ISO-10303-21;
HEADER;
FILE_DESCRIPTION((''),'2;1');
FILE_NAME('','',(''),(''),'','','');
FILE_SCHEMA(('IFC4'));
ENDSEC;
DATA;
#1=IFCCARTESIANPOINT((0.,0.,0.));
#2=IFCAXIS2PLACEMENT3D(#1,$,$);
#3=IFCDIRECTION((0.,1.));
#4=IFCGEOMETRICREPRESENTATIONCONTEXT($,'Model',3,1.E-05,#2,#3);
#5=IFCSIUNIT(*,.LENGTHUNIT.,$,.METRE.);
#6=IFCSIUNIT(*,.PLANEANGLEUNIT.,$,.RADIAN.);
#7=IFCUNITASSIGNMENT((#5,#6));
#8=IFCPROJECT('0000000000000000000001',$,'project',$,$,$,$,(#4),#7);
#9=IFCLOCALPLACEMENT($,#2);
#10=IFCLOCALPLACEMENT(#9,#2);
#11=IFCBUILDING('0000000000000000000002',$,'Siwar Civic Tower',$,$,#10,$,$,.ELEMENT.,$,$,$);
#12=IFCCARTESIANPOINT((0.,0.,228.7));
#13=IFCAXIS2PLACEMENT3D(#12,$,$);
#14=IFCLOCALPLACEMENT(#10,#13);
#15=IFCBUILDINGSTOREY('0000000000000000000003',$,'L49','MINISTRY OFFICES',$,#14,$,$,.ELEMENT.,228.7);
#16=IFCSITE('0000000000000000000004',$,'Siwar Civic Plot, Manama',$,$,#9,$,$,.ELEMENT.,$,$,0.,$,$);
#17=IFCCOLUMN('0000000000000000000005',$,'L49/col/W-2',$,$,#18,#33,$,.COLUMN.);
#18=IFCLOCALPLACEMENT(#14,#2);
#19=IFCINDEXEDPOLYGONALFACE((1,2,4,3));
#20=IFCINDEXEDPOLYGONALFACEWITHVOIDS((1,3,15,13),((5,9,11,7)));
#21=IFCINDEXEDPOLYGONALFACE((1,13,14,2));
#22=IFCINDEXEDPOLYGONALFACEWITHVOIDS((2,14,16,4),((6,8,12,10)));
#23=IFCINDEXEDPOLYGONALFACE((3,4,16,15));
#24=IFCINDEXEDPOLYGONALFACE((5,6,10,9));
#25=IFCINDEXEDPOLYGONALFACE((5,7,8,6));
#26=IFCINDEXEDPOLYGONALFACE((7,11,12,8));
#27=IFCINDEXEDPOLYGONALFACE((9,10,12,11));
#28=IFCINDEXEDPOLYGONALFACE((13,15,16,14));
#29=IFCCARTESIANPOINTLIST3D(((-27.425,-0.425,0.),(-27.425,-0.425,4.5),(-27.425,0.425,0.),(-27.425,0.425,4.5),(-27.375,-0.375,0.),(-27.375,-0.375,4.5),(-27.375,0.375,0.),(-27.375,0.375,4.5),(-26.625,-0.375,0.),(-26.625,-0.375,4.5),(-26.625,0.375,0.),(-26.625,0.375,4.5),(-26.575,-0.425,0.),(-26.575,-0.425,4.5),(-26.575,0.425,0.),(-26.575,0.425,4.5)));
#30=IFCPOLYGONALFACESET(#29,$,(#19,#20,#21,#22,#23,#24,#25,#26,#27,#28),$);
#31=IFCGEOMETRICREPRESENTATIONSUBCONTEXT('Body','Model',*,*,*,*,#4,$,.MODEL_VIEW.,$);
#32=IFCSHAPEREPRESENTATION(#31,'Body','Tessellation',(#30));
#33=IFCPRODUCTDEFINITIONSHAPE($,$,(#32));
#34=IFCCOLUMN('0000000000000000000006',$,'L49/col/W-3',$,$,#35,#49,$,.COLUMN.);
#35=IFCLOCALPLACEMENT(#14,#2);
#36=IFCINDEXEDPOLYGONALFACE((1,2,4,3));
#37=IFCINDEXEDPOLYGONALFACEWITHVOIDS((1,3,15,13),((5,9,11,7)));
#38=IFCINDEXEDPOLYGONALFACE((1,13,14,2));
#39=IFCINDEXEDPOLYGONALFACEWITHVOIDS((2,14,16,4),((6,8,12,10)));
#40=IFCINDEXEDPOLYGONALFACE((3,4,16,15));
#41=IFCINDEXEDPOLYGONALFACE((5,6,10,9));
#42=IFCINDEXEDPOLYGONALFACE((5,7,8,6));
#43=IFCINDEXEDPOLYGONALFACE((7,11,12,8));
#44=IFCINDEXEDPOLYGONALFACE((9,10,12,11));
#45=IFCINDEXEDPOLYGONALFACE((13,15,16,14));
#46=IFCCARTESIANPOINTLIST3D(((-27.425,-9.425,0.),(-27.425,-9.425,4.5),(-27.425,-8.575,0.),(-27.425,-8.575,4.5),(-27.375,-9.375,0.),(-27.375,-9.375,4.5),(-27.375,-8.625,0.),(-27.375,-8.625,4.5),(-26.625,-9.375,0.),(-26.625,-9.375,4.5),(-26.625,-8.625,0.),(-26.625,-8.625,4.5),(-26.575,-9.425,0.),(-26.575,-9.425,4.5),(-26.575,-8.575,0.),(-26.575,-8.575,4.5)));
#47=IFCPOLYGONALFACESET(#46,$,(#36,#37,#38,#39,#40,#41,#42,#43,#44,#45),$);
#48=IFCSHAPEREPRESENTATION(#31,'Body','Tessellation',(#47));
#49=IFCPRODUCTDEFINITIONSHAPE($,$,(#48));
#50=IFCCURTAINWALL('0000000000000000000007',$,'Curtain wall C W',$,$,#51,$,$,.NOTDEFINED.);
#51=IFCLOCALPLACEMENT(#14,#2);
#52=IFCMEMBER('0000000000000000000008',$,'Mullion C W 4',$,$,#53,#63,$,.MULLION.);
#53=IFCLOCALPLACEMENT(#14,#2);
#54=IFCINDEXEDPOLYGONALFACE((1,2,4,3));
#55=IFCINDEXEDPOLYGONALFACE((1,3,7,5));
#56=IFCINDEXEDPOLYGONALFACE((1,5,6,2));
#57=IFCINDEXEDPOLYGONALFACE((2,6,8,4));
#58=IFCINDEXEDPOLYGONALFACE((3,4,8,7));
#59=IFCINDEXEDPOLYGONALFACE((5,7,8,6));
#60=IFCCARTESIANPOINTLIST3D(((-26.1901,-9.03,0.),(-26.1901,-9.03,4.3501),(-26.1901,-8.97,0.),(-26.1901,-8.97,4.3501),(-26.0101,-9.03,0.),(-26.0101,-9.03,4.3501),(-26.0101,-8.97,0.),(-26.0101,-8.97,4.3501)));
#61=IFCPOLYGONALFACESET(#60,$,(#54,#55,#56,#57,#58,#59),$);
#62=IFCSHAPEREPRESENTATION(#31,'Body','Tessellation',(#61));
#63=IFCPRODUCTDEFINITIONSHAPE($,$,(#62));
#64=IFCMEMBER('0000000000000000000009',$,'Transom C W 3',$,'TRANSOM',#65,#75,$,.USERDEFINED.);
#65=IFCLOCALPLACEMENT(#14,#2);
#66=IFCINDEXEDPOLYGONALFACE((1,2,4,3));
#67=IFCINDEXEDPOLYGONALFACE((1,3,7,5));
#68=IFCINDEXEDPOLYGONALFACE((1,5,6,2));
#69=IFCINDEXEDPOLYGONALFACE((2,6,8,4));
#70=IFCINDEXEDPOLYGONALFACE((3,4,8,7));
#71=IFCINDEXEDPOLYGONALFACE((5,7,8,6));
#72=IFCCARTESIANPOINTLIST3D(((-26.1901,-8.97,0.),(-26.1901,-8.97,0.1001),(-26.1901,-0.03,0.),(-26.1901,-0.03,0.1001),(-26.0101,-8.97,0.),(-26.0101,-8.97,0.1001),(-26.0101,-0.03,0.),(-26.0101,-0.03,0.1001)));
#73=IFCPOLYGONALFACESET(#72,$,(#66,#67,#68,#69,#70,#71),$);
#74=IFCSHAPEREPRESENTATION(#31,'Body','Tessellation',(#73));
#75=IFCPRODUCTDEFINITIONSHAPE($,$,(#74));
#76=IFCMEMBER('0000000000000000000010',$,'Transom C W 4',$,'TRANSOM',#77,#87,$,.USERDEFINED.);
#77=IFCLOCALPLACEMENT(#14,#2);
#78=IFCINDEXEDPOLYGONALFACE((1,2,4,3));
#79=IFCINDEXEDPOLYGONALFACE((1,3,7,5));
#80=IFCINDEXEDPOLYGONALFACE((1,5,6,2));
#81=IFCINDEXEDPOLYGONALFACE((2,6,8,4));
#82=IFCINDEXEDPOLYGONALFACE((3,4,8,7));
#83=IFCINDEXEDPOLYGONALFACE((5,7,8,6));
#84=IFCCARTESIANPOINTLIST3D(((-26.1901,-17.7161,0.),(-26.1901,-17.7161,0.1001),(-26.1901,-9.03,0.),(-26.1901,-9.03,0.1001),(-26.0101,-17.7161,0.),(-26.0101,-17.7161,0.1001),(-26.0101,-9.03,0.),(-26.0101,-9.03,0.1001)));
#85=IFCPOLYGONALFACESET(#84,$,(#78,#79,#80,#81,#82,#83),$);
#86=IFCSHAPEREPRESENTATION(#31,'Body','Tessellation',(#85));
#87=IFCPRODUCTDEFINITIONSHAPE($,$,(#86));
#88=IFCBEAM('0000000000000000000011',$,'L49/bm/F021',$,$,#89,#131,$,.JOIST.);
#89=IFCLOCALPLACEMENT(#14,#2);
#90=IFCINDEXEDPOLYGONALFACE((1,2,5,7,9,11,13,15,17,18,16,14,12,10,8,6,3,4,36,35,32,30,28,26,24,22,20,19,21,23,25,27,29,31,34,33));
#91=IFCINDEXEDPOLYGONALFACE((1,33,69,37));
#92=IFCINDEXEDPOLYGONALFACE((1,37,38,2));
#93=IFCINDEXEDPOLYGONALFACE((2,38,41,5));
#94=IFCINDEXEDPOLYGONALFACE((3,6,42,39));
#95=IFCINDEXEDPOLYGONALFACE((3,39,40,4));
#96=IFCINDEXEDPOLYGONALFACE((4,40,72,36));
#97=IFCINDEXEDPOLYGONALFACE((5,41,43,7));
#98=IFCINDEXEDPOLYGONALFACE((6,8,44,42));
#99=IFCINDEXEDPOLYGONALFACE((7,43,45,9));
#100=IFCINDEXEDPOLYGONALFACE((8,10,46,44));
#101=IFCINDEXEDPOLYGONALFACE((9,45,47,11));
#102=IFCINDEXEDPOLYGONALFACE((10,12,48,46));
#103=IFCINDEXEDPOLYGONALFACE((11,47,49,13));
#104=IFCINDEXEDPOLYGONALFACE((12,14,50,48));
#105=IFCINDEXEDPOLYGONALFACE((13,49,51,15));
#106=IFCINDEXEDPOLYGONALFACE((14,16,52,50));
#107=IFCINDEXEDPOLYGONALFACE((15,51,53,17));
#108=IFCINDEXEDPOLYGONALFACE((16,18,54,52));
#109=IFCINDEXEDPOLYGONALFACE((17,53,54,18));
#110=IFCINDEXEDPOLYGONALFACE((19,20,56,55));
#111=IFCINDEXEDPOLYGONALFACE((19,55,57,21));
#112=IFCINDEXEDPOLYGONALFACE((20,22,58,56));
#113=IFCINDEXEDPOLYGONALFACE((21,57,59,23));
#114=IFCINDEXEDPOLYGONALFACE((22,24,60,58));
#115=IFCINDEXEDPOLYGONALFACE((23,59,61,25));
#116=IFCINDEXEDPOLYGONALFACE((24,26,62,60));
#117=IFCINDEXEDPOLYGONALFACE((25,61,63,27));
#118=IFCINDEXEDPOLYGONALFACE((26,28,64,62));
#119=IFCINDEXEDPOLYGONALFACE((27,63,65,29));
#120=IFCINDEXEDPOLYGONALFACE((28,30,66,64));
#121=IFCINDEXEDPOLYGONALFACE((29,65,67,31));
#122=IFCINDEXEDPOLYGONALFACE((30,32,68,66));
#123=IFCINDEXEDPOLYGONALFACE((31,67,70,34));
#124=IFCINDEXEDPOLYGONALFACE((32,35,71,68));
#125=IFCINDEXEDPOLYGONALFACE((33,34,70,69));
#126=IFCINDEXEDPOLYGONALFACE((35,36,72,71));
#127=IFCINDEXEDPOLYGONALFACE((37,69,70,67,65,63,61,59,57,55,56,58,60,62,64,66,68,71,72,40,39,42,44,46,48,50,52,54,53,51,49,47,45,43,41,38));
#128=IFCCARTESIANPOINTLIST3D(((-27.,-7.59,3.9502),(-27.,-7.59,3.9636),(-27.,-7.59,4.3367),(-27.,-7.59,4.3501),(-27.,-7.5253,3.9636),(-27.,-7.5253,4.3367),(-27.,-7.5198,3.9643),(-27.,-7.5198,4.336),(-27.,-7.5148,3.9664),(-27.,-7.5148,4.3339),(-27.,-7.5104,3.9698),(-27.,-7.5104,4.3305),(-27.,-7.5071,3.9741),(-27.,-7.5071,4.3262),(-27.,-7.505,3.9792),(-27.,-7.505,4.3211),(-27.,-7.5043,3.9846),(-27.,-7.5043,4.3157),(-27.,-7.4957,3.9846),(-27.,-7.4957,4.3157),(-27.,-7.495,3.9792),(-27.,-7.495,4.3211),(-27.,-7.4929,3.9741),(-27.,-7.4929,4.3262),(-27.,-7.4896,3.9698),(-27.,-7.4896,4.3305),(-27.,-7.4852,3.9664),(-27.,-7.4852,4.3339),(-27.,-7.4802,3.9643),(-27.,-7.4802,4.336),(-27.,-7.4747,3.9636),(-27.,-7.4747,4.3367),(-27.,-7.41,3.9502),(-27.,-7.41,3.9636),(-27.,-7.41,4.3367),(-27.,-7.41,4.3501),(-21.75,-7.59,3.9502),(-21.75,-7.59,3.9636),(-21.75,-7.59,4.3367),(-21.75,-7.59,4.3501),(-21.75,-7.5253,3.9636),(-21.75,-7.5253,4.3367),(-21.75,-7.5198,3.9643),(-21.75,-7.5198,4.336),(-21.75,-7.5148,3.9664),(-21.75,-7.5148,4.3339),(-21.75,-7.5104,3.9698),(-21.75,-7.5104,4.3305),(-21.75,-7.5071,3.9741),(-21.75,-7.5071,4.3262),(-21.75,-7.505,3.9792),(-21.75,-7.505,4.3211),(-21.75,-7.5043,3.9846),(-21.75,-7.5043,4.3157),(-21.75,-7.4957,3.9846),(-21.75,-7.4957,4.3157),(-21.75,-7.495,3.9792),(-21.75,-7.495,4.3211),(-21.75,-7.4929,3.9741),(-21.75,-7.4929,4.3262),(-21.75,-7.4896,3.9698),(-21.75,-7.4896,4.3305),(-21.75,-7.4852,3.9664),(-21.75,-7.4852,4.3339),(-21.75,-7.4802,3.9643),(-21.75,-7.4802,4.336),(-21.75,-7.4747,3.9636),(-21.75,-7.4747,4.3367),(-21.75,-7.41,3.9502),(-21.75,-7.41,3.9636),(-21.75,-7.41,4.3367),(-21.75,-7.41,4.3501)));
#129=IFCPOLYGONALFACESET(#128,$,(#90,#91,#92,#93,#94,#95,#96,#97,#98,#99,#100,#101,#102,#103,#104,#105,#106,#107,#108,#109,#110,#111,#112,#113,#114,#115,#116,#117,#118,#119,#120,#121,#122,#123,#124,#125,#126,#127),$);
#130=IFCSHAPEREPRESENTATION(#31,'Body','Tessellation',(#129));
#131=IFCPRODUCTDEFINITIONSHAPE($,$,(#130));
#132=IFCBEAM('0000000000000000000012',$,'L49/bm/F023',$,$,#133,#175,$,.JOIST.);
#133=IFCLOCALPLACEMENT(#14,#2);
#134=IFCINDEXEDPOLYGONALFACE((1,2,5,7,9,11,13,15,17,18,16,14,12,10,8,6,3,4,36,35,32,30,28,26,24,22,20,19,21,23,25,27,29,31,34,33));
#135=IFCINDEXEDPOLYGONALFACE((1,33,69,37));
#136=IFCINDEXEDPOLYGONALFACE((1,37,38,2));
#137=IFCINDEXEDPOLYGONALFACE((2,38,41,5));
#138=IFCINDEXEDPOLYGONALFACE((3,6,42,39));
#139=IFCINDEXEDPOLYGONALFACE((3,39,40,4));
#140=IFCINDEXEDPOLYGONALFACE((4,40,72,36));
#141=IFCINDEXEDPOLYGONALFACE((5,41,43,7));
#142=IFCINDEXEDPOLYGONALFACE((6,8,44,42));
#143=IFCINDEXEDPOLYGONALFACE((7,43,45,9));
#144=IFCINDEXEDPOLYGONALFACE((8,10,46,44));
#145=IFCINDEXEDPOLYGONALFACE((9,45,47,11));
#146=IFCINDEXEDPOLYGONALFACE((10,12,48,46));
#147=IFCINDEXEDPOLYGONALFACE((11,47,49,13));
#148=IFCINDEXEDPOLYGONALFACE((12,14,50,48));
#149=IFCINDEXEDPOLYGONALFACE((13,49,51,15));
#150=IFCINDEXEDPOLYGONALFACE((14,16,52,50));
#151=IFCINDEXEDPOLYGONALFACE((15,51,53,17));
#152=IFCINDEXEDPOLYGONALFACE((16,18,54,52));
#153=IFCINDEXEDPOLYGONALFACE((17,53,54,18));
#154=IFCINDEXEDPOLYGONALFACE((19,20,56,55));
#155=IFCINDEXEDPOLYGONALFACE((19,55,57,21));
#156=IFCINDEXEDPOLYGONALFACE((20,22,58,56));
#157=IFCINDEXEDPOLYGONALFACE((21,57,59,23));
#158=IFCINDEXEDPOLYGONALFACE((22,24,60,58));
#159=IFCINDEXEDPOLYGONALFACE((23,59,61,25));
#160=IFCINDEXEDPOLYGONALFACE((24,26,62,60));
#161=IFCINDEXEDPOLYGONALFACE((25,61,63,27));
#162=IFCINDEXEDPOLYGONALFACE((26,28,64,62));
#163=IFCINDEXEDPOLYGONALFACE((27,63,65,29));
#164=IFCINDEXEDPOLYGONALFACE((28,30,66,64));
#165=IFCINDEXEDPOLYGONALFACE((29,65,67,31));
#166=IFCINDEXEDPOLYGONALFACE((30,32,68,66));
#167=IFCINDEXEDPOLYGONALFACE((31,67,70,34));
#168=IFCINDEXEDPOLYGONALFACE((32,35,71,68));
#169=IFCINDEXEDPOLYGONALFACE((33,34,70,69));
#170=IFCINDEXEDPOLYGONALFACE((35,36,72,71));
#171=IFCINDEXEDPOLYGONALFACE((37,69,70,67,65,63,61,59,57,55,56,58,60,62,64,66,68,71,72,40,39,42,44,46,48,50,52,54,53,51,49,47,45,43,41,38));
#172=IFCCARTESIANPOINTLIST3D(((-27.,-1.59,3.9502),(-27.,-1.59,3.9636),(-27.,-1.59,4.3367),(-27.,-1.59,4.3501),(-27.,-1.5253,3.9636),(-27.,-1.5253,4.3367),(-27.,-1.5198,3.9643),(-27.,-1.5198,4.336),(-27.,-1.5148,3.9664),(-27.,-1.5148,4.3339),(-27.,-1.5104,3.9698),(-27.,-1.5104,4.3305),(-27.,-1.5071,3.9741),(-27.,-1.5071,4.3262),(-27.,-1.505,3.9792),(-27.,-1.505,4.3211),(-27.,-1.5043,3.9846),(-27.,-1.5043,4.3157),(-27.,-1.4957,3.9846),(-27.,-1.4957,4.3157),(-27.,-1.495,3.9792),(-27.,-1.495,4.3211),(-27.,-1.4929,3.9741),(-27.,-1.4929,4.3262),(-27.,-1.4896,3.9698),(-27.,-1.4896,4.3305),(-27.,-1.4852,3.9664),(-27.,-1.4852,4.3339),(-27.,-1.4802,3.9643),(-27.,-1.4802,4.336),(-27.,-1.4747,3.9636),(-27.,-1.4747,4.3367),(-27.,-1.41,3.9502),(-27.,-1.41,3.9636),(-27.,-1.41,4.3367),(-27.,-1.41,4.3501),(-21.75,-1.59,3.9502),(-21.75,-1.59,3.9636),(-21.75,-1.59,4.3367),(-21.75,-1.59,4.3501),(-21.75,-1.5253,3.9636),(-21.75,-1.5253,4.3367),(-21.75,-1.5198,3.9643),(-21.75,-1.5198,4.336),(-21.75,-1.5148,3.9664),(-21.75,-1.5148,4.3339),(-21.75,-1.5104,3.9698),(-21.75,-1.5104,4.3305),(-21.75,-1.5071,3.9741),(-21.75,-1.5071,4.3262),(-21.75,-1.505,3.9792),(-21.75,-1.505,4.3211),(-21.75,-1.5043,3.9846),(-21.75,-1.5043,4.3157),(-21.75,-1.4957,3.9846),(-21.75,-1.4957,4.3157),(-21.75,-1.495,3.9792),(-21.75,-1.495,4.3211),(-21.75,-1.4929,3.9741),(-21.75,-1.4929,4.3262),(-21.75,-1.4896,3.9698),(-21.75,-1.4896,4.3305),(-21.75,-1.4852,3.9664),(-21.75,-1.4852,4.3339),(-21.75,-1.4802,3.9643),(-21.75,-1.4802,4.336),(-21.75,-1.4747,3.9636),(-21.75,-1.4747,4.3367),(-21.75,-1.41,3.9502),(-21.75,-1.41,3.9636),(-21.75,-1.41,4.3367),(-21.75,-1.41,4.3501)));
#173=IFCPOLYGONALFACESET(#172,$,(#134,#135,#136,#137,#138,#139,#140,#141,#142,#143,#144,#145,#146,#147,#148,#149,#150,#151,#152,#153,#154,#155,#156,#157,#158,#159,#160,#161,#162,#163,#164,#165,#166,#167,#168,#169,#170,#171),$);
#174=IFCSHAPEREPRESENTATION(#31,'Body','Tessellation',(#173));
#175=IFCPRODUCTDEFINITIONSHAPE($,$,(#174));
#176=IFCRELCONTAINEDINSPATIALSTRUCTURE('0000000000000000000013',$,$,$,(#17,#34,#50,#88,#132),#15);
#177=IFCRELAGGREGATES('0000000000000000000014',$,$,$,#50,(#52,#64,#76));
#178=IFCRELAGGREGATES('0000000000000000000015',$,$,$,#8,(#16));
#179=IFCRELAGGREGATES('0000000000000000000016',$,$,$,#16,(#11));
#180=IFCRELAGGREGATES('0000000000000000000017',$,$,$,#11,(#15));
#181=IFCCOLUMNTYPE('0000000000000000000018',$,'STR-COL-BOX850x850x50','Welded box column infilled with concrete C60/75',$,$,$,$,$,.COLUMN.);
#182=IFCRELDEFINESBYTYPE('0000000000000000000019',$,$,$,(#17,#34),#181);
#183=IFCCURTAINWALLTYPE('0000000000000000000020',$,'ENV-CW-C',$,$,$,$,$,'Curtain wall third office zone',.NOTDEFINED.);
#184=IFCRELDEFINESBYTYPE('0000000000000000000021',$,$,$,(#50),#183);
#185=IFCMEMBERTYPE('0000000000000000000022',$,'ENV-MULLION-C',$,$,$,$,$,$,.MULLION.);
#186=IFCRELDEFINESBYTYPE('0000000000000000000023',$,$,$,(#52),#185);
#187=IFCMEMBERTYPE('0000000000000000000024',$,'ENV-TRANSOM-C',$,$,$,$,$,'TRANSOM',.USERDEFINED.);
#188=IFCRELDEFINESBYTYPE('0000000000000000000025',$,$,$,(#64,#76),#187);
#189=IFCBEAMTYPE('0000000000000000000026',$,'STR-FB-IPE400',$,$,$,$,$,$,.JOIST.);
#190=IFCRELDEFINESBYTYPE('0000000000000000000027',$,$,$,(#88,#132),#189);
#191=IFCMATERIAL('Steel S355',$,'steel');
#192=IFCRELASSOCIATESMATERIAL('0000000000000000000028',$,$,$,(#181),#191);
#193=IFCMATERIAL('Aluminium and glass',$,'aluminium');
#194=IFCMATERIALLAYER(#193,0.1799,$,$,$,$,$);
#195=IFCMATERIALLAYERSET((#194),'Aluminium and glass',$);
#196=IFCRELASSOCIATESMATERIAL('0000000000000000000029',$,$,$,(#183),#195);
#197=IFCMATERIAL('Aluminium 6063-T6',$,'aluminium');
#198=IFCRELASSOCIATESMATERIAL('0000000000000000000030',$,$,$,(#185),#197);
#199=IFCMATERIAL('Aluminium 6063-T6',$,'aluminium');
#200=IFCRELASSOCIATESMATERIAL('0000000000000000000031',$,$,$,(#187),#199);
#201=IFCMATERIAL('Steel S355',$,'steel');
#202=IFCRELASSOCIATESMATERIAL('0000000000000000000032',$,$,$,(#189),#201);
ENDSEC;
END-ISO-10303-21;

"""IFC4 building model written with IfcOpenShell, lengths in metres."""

from ifc_helpers import new_model, si_unit, direction, frame, origin, origin_2d, place, context, subcontext, project, spatial, rectangle, hollow_rectangle, i_section, extrude, material, layer, layer_set, material_profile, profile_set, type_object, element, aggregate, save


model = new_model("IFC4")

# Units and contexts
model_context = context("Model", 3, precision=1e-05, world=origin(), true_north=direction((0.0, 1.0)))
body_context = subcontext(model_context, "Body", "Model", "MODEL_VIEW")
ifc_project = project(units=[si_unit("LENGTHUNIT", "METRE"), si_unit("PLANEANGLEUNIT", "RADIAN")], contexts=[model_context])

# Site, building, storey
site_placement = place(None, origin())
site = spatial("IfcSite", under=ifc_project, at=site_placement, Name="Siwar Civic Plot, Manama", CompositionType="ELEMENT", RefElevation=0.0)
building_placement = place(site_placement, origin())
building = spatial("IfcBuilding", under=site, at=building_placement, Name="Siwar Civic Tower", CompositionType="ELEMENT")
storey_placement = place(building_placement, frame((0.0, 0.0, 228.7)))
storey = spatial("IfcBuildingStorey", under=building, at=storey_placement, Name="L49", Description="MINISTRY OFFICES", CompositionType="ELEMENT", Elevation=228.7)

# Columns
ifc_material_1 = material(Name="Steel S355", Category="steel")
ifc_material_profile_1 = material_profile(ifc_material_1, hollow_rectangle(XDim=0.8501, YDim=0.8501, WallThickness=0.05, at=origin_2d()), Name="BOX850x850x50")
ifc_profile_set_1 = profile_set([ifc_material_profile_1], Name="Steel S355")
column_type = type_object("IfcColumnType", Name="STR-COL-BOX850x850x50", Description="Welded box column infilled with concrete C60/75", PredefinedType="COLUMN", material=ifc_profile_set_1)
for number, where, z_axis, x_axis, name in (
    (1, (-27.0, 0.0, 0.0), (0.0, 0.0, 1.0), (1.0, 0.0, 0.0), "L49/col/W-2"),
    (2, (-27.0, -9.0, 0.0), (0.0, 0.0, 1.0), (1.0, 0.0, 0.0), "L49/col/W-3"),
):
    element("IfcColumn", number, at=place(storey_placement, frame(where, z_axis=z_axis, x_axis=x_axis)), inside=storey, type_object=column_type, Name=name, PredefinedType="COLUMN", context=body_context, shape_type="SweptSolid", body=[
        extrude(hollow_rectangle(XDim=0.8501, YDim=0.8501, WallThickness=0.05, at=origin_2d()), origin(), (0.0, 0.0, 1.0), 4.5),
    ])

# Curtain wall, members
ifc_material_2 = material(Name="Aluminium and glass", Category="aluminium")
ifc_layer_1 = layer(ifc_material_2, 0.1799)
ifc_layer_set_1 = layer_set([ifc_layer_1], Name="Aluminium and glass")
curtain_wall_type = type_object("IfcCurtainWallType", Name="ENV-CW-C", ElementType="Curtain wall third office zone", PredefinedType="NOTDEFINED", material=ifc_layer_set_1)
curtain_wall_placement = place(storey_placement, origin())
curtain_wall = element("IfcCurtainWall", 3, at=curtain_wall_placement, inside=storey, type_object=curtain_wall_type, Name="Curtain wall C W", PredefinedType="NOTDEFINED")
ifc_material_3 = material(Name="Aluminium 6063-T6", Category="aluminium")
ifc_material_profile_2 = material_profile(ifc_material_3, rectangle(XDim=0.1799, YDim=0.0601, at=origin_2d()), Name="AL 180x60")
ifc_profile_set_2 = profile_set([ifc_material_profile_2], Name="Aluminium 6063-T6")
member_type_1 = type_object("IfcMemberType", Name="ENV-MULLION-C", PredefinedType="MULLION", material=ifc_profile_set_2)
member_1_placement = place(storey_placement, frame((-26.1001, -9.0, 0.0), z_axis=(0.0, 0.0, 1.0), x_axis=(1.0, 0.0, 0.0)))
member_1 = element("IfcMember", 4, at=member_1_placement, type_object=member_type_1, Name="Mullion C W 4", PredefinedType="MULLION", context=body_context, shape_type="SweptSolid", body=[
    extrude(rectangle(XDim=0.1799, YDim=0.0601, at=origin_2d()), origin(), (0.0, 0.0, 1.0), 4.3501),
])
ifc_material_4 = material(Name="Aluminium 6063-T6", Category="aluminium")
ifc_material_profile_3 = material_profile(ifc_material_4, rectangle(XDim=0.1799, YDim=0.1001, at=origin_2d()), Name="AL 180x100")
ifc_profile_set_3 = profile_set([ifc_material_profile_3], Name="Aluminium 6063-T6")
member_type_2 = type_object("IfcMemberType", Name="ENV-TRANSOM-C", ElementType="TRANSOM", PredefinedType="USERDEFINED", material=ifc_profile_set_3)
member_2_placement = place(storey_placement, frame((-26.1001, -0.03, 0.05), z_axis=(0.0, -1.0, 0.0), x_axis=(1.0, 0.0, 0.0)))
member_2 = element("IfcMember", 5, at=member_2_placement, type_object=member_type_2, Name="Transom C W 3", ObjectType="TRANSOM", PredefinedType="USERDEFINED", context=body_context, shape_type="SweptSolid", body=[
    extrude(rectangle(XDim=0.1799, YDim=0.1001, at=origin_2d()), origin(), (0.0, 0.0, 1.0), 8.9399),
])
member_3_placement = place(storey_placement, frame((-26.1001, -9.03, 0.05), z_axis=(0.0, -1.0, 0.0), x_axis=(1.0, 0.0, 0.0)))
member_3 = element("IfcMember", 6, at=member_3_placement, type_object=member_type_2, Name="Transom C W 4", ObjectType="TRANSOM", PredefinedType="USERDEFINED", context=body_context, shape_type="SweptSolid", body=[
    extrude(rectangle(XDim=0.1799, YDim=0.1001, at=origin_2d()), origin(), (0.0, 0.0, 1.0), 8.686),
])

# Beams
ifc_material_5 = material(Name="Steel S355", Category="steel")
ifc_material_profile_4 = material_profile(ifc_material_5, i_section(OverallWidth=0.1799, OverallDepth=0.3999, WebThickness=0.0085, FlangeThickness=0.0134, FilletRadius=0.021, at=origin_2d()), Name="IPE400")
ifc_profile_set_4 = profile_set([ifc_material_profile_4], Name="Steel S355")
beam_type_1 = type_object("IfcBeamType", Name="STR-FB-IPE400", PredefinedType="JOIST", material=ifc_profile_set_4)
for number, where, z_axis, x_axis, name in (
    (7, (-27.0, -7.5, 4.1501), (1.0, 0.0, 0.0), (0.0, 1.0, 0.0), "L49/bm/F021"),
    (8, (-27.0, -1.5, 4.1501), (1.0, 0.0, 0.0), (0.0, 1.0, 0.0), "L49/bm/F023"),
):
    element("IfcBeam", number, at=place(storey_placement, frame(where, z_axis=z_axis, x_axis=x_axis)), inside=storey, type_object=beam_type_1, Name=name, PredefinedType="JOIST", context=body_context, shape_type="SweptSolid", body=[
        extrude(i_section(OverallWidth=0.1799, OverallDepth=0.3999, WebThickness=0.0085, FlangeThickness=0.0134, FilletRadius=0.021, at=origin_2d()), origin(), (0.0, 0.0, 1.0), 5.25),
    ])

aggregate(curtain_wall, [member_1, member_2, member_3])

save(model, "model.ifc")
